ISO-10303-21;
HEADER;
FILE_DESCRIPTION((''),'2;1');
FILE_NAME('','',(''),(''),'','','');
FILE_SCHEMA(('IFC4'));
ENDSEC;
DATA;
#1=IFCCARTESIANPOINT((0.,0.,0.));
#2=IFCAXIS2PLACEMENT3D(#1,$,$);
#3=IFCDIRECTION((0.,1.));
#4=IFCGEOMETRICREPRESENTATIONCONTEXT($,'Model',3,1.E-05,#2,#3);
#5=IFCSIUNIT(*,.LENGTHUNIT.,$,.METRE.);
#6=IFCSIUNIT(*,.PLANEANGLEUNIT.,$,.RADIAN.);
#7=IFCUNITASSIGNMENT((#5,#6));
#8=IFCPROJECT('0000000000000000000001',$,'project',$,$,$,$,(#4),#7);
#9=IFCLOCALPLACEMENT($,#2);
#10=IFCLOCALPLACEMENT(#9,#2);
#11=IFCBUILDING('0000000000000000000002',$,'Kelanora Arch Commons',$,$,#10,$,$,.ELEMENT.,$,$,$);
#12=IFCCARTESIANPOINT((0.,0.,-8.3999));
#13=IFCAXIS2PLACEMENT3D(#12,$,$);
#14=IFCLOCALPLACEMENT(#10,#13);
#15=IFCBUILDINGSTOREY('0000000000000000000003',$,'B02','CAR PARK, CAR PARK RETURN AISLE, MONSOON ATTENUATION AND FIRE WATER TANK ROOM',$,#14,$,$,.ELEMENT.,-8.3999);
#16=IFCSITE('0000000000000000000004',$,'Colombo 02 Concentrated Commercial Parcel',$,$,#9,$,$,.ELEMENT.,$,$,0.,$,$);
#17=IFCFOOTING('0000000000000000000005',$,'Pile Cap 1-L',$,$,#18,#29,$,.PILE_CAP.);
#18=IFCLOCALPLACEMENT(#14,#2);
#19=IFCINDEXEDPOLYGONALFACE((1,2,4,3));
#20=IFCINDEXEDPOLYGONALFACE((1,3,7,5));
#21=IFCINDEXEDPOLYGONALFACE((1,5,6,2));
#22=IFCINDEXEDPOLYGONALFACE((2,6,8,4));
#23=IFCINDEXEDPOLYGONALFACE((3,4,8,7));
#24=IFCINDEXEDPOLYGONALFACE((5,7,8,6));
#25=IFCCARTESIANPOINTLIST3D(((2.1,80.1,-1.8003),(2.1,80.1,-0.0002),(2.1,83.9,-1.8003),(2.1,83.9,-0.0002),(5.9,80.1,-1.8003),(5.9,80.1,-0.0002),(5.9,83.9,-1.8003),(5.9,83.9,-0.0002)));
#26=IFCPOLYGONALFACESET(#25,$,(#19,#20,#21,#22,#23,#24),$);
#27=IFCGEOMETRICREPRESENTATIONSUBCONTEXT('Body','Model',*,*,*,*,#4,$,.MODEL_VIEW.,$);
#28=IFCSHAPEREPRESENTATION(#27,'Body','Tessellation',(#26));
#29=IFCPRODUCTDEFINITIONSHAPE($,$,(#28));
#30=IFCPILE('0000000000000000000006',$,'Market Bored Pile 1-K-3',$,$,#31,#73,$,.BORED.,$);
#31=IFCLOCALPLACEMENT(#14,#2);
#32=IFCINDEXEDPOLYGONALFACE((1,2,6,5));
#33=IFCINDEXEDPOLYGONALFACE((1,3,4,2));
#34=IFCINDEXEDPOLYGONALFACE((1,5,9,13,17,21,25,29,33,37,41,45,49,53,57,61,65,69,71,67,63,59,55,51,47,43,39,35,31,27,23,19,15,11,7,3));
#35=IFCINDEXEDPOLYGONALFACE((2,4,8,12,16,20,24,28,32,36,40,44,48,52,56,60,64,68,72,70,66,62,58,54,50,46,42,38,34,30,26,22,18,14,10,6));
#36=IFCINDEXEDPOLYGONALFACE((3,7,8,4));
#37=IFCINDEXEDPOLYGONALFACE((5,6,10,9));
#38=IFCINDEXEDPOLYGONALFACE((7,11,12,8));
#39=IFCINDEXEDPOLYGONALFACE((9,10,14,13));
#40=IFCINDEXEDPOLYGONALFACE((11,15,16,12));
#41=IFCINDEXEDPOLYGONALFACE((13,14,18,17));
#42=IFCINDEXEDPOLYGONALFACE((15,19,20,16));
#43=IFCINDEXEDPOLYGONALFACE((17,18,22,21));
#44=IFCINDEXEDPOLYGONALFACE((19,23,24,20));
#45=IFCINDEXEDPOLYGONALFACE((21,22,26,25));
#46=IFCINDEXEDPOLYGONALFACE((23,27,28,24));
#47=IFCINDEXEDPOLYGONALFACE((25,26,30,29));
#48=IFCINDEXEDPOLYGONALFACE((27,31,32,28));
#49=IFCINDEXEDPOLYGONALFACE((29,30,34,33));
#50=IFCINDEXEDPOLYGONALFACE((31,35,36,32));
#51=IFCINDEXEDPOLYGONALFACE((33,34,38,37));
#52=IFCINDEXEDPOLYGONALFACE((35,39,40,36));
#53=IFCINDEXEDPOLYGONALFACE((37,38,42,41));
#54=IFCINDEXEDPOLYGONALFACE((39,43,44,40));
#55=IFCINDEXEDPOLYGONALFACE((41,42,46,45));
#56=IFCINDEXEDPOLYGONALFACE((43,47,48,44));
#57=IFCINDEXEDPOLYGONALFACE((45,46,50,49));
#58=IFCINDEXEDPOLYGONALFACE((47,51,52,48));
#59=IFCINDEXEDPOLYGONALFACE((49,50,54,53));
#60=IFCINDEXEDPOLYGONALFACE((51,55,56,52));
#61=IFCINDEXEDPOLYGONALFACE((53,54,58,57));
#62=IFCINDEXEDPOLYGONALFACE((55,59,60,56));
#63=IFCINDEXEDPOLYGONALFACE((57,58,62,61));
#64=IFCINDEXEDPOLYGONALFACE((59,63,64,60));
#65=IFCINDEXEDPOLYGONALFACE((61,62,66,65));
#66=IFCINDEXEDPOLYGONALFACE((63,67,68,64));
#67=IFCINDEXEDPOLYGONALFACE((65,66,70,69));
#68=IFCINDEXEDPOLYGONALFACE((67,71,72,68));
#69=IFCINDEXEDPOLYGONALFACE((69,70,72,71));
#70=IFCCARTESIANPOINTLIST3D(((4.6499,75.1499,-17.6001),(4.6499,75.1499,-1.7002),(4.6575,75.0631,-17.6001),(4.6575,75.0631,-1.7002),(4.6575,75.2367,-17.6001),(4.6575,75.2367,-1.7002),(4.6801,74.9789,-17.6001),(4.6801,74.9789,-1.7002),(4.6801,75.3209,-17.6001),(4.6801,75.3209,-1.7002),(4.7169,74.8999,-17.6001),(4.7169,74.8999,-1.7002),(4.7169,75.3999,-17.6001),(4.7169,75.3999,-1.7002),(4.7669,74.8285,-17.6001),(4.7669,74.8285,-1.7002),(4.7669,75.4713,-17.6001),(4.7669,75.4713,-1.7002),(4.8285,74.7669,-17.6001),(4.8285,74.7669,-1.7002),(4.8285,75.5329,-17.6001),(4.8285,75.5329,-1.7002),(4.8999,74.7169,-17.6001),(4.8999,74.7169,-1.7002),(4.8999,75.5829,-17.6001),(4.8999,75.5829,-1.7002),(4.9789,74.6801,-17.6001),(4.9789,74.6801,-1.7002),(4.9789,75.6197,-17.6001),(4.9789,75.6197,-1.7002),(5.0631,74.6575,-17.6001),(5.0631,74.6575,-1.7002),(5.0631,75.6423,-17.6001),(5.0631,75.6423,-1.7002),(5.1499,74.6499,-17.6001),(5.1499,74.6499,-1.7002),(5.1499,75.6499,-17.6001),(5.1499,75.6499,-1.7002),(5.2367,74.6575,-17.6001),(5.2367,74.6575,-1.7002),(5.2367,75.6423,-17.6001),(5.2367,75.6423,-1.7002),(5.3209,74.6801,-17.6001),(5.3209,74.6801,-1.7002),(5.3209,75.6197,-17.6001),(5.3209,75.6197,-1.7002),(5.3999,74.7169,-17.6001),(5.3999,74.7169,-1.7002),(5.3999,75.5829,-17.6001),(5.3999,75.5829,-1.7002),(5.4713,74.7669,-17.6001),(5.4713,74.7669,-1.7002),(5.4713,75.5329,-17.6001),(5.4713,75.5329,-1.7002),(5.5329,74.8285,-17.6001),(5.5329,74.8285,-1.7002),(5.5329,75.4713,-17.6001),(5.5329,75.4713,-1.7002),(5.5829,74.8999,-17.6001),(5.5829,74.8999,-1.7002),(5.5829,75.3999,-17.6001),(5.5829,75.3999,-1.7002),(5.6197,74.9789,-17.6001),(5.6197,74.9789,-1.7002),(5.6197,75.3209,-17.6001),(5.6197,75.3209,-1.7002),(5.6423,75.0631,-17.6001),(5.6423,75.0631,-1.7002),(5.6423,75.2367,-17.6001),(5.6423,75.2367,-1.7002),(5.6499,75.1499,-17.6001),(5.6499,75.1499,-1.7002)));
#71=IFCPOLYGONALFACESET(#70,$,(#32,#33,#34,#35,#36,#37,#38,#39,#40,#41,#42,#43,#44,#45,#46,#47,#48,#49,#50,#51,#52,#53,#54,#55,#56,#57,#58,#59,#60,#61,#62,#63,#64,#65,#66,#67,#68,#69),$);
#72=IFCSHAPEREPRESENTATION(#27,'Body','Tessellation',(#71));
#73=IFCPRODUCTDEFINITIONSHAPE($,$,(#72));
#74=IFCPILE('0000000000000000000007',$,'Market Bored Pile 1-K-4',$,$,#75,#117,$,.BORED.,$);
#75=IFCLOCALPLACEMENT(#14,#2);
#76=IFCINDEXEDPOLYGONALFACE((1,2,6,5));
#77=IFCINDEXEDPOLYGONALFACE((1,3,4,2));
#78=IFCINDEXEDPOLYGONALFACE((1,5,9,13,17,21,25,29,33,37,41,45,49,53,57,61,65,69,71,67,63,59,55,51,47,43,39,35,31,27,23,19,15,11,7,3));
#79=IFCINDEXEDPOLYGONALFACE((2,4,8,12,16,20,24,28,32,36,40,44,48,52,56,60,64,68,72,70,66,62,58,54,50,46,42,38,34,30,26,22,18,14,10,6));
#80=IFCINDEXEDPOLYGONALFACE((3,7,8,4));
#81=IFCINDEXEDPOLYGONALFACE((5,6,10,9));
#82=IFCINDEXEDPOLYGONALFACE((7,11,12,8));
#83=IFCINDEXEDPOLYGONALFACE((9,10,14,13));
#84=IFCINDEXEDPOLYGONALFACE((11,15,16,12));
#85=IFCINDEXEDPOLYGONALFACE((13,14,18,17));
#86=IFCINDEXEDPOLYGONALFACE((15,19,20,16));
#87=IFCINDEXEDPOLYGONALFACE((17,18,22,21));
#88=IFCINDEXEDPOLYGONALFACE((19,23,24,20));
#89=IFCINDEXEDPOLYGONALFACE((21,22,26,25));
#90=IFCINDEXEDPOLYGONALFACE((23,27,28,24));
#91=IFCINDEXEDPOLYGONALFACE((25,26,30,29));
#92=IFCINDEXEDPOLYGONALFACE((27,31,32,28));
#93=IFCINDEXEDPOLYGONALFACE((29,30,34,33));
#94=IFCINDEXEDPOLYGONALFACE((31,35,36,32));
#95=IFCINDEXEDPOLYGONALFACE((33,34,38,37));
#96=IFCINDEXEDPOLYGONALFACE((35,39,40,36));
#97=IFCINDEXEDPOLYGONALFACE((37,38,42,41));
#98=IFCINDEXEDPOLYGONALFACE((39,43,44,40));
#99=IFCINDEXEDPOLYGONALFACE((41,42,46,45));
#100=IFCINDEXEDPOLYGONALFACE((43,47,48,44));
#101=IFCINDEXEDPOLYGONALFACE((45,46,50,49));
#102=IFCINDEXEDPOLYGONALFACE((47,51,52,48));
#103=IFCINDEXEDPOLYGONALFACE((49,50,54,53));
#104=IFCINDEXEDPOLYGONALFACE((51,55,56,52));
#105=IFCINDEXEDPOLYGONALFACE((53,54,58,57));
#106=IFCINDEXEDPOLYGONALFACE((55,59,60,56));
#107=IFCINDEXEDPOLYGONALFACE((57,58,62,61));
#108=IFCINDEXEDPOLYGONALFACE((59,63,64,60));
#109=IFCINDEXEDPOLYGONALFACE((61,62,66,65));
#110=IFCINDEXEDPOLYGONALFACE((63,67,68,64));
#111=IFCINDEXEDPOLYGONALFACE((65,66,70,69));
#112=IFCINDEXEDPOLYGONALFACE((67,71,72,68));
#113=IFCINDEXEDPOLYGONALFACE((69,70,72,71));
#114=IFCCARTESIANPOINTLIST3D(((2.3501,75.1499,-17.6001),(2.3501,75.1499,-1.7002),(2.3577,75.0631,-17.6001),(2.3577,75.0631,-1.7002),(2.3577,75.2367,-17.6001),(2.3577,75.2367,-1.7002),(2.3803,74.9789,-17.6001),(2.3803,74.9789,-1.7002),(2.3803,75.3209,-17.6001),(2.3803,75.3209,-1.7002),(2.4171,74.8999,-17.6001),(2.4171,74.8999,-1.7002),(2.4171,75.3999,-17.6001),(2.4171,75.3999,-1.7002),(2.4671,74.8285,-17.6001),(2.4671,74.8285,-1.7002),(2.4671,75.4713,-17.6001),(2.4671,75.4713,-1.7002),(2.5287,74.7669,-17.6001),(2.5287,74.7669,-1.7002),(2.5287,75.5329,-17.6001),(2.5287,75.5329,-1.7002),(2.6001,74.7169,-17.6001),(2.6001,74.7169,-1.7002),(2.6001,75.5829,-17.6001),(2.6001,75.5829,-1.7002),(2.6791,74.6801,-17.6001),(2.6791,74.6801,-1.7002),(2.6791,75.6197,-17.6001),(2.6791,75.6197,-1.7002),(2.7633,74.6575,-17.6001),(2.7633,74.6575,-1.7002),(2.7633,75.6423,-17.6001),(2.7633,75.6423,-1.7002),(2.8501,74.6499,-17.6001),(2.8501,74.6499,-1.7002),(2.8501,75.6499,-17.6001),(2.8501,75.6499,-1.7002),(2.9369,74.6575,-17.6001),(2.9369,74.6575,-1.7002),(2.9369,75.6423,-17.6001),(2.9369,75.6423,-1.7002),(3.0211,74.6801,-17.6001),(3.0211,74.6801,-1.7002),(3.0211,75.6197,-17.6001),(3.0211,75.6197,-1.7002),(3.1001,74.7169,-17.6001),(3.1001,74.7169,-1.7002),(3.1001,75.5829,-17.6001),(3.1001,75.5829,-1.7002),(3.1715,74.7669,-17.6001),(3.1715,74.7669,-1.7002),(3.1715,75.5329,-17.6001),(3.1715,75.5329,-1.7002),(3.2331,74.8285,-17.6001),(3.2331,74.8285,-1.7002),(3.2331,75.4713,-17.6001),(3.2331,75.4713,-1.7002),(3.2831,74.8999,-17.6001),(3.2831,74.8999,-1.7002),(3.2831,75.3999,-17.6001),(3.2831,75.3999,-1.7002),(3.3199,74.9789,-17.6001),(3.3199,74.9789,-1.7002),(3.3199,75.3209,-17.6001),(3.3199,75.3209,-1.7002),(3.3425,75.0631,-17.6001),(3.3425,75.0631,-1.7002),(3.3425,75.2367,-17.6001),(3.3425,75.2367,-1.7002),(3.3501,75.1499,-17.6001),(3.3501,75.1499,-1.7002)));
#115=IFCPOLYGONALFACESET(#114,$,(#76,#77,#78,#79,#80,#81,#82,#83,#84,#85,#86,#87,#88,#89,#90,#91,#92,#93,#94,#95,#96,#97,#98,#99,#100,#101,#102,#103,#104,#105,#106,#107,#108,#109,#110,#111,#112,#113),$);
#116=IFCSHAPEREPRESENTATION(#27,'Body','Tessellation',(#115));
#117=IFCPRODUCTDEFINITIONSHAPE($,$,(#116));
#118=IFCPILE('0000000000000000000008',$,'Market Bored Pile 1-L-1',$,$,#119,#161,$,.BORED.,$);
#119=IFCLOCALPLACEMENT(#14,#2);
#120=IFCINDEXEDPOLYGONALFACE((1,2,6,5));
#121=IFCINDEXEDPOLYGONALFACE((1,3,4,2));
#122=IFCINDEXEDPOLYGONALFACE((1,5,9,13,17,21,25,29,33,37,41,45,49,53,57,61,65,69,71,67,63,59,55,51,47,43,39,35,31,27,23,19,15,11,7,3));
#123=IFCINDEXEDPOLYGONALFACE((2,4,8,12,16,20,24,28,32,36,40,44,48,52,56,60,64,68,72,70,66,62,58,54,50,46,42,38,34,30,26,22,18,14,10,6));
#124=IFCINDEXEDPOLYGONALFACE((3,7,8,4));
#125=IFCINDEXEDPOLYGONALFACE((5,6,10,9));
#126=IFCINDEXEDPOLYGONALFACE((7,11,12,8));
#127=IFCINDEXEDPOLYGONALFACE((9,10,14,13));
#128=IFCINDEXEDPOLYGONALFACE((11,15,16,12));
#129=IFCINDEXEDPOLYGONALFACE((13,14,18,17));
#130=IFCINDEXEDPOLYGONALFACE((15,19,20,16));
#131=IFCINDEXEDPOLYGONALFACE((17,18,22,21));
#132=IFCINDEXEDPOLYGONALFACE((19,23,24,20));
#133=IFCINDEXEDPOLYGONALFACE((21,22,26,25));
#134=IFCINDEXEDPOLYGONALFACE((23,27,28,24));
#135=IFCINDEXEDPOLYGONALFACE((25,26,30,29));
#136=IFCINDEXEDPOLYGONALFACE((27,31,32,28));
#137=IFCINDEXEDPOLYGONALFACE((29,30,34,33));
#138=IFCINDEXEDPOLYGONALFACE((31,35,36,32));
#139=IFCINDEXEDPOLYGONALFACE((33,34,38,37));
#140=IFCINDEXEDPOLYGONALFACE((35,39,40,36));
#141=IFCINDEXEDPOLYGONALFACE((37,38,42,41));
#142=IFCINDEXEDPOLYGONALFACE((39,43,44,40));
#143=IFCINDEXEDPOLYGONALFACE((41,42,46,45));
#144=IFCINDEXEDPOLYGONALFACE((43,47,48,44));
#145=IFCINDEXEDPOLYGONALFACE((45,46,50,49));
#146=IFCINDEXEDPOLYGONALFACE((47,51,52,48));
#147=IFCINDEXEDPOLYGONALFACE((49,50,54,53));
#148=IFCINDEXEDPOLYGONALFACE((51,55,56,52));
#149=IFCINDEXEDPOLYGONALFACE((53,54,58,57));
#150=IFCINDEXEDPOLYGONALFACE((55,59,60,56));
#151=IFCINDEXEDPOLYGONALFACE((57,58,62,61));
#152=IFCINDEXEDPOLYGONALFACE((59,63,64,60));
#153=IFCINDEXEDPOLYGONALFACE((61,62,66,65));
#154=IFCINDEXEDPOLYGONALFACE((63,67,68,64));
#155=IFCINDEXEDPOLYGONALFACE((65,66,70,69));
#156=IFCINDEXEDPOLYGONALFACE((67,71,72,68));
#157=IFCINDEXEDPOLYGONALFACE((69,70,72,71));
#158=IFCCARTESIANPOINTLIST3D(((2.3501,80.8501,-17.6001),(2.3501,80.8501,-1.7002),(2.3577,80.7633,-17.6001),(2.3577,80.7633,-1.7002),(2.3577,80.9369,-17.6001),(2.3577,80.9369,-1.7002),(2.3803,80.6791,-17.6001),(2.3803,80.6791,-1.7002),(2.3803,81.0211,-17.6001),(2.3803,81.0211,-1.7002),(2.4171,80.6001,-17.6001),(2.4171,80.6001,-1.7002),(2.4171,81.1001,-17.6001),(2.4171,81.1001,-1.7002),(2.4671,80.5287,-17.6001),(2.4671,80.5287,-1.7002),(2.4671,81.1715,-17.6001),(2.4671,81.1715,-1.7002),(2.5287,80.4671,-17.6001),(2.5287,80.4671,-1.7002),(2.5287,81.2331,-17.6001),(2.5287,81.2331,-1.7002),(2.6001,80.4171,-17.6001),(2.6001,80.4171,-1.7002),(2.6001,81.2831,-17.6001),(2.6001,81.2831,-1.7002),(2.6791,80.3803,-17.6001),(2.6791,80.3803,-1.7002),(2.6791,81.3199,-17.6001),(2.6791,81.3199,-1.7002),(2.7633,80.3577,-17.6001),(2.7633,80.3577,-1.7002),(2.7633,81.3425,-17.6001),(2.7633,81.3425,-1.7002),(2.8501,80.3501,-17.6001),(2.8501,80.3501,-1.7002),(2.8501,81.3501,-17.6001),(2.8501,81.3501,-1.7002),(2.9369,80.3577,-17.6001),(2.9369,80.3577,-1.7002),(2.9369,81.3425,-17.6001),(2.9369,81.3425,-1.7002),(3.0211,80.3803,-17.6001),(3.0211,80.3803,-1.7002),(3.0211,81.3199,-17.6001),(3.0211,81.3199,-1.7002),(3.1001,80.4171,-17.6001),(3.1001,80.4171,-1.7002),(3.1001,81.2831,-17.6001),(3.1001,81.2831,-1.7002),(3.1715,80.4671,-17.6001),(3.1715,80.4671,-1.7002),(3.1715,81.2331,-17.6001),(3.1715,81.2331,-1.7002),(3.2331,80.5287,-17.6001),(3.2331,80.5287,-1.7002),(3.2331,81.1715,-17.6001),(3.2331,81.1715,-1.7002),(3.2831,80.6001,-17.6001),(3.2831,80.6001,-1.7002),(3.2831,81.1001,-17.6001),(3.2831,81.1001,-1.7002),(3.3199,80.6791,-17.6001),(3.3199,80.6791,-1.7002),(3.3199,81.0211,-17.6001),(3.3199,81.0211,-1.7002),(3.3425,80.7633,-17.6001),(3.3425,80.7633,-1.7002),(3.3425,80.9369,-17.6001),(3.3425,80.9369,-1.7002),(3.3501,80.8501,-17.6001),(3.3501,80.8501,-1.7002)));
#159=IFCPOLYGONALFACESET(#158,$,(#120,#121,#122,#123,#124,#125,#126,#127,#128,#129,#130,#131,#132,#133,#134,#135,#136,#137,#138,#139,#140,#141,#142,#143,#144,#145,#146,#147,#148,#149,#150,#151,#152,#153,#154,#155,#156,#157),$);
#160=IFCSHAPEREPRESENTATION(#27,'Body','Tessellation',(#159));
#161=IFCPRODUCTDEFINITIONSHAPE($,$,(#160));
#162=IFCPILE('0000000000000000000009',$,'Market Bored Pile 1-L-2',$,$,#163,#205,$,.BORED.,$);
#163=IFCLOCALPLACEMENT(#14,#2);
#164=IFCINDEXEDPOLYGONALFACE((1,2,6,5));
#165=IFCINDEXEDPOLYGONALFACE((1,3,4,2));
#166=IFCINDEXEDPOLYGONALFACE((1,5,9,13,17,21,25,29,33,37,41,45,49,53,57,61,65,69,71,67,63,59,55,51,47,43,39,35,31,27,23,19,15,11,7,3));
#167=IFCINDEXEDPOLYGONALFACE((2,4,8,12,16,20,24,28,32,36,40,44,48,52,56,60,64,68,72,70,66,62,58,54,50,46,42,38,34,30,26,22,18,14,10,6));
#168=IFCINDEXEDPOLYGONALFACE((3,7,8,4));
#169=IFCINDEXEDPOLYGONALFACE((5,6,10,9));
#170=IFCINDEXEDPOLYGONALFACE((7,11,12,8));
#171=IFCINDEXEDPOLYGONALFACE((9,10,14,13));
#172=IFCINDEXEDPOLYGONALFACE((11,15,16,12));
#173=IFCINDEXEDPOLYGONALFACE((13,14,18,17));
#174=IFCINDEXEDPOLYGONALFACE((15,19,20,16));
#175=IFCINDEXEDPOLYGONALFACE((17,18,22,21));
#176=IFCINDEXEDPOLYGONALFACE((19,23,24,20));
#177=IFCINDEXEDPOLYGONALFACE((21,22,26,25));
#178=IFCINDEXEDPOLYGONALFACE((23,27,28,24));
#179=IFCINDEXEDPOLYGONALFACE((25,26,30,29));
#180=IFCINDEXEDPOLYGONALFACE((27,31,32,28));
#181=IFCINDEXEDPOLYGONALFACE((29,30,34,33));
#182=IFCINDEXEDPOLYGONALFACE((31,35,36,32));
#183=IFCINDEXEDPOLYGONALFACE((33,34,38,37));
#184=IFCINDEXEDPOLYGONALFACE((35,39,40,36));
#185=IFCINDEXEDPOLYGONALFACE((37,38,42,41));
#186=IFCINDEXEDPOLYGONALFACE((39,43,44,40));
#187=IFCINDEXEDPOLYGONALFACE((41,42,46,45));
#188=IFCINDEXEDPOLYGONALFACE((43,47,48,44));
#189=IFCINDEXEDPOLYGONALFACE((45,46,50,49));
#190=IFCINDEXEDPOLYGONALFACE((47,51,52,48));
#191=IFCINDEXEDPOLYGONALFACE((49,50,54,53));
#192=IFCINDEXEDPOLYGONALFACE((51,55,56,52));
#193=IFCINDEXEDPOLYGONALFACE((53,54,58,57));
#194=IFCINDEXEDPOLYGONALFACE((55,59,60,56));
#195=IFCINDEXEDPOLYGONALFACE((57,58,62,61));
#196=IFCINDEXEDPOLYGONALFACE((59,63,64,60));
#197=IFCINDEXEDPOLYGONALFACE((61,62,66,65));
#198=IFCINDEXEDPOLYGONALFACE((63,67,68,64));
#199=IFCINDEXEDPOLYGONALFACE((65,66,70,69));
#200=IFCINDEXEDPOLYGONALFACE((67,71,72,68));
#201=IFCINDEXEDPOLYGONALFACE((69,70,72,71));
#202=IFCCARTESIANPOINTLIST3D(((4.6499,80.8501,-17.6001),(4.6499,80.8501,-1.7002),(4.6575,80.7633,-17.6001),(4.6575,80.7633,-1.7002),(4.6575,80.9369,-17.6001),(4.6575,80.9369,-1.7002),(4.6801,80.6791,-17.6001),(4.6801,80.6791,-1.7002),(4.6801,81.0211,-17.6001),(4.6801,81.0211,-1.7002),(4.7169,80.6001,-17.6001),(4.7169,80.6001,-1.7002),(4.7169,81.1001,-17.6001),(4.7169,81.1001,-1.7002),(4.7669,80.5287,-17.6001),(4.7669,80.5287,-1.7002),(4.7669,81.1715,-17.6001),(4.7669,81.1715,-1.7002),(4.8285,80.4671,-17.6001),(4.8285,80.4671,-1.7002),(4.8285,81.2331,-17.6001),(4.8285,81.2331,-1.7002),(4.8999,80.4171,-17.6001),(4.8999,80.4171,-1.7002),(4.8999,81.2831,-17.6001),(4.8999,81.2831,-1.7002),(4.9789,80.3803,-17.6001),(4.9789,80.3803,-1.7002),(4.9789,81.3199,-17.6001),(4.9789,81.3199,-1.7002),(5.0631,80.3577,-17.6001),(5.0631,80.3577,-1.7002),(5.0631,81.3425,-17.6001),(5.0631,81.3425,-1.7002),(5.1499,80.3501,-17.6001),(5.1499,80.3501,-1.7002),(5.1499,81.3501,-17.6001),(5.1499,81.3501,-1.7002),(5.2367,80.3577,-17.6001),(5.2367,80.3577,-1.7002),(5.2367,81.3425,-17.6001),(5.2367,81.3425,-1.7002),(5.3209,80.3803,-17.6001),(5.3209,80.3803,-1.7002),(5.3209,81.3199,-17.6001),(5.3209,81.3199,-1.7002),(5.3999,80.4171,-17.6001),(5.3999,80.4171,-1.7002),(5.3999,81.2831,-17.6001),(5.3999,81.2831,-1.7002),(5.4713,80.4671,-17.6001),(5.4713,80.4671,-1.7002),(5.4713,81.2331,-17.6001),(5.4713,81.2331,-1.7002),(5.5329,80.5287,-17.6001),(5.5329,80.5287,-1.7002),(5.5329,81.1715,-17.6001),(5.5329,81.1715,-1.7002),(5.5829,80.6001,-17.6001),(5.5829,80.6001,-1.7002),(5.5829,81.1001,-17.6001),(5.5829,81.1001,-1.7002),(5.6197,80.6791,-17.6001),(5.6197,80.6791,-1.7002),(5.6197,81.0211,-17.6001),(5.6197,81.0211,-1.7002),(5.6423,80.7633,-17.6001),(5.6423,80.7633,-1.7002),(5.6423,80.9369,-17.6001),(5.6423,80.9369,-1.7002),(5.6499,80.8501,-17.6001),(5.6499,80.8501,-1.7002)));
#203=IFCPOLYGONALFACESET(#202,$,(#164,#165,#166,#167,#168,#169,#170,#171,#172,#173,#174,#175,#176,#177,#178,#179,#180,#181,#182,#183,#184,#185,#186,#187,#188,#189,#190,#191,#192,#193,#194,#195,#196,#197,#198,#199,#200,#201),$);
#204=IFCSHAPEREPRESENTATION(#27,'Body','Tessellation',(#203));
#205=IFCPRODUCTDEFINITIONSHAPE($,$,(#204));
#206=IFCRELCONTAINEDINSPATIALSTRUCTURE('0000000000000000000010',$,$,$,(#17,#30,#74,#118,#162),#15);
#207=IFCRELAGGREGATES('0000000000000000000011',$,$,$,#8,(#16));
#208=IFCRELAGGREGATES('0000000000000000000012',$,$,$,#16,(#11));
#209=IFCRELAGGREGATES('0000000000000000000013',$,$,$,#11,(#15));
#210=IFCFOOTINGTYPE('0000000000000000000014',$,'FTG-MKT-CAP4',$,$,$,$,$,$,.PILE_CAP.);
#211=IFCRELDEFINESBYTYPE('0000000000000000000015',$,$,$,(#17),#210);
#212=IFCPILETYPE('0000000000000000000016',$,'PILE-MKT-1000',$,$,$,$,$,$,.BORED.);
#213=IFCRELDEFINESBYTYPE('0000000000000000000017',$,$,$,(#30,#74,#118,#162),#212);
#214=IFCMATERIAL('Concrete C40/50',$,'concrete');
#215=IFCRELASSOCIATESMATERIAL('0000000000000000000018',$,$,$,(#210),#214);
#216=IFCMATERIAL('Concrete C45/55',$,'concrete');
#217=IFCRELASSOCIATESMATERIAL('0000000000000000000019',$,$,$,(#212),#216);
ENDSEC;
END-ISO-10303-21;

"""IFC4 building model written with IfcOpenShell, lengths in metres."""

from ifc_helpers import new_model, si_unit, direction, frame, origin, origin_2d, place, context, subcontext, project, spatial, rectangle, circle, extrude, source, transform, mapped, material, material_profile, profile_set, type_object, element, save


model = new_model("IFC4")

# Units and contexts
model_context = context("Model", 3, precision=1e-05, world=origin(), true_north=direction((0.0, 1.0)))
body_context = subcontext(model_context, "Body", "Model", "MODEL_VIEW")
ifc_project = project(units=[si_unit("LENGTHUNIT", "METRE"), si_unit("PLANEANGLEUNIT", "RADIAN")], contexts=[model_context])

# Site, building, storey
site_placement = place(None, origin())
site = spatial("IfcSite", under=ifc_project, at=site_placement, Name="Colombo 02 Concentrated Commercial Parcel", CompositionType="ELEMENT", RefElevation=0.0)
building_placement = place(site_placement, origin())
building = spatial("IfcBuilding", under=site, at=building_placement, Name="Kelanora Arch Commons", CompositionType="ELEMENT")
storey_placement = place(building_placement, frame((0.0, 0.0, -8.3999)))
storey = spatial("IfcBuildingStorey", under=building, at=storey_placement, Name="B02", Description="CAR PARK, CAR PARK RETURN AISLE, MONSOON ATTENUATION AND FIRE WATER TANK ROOM", CompositionType="ELEMENT", Elevation=-8.3999)

# Footing
ifc_material_1 = material(Name="Concrete C40/50", Category="concrete")
footing_type_1 = type_object("IfcFootingType", Name="FTG-MKT-CAP4", PredefinedType="PILE_CAP", material=ifc_material_1)
shared_shape_1 = source(origin(), body_context, "Body", "SweptSolid", [
    extrude(rectangle(XDim=3.8, YDim=3.8, at=origin_2d()), origin(), (0.0, 0.0, 1.0), 1.8),
])
footing_1_placement = place(storey_placement, frame((4.0, 82.0, -1.8003), z_axis=(0.0, 0.0, 1.0), x_axis=(1.0, 0.0, 0.0)))
element("IfcFooting", 1, at=footing_1_placement, inside=storey, type_object=footing_type_1, Name="Pile Cap 1-L", PredefinedType="PILE_CAP", context=body_context, shape_type="MappedRepresentation", body=[
    mapped(shared_shape_1, transform((0.0, 0.0, 0.0), scale=1.0)),
])

# Piles
ifc_material_2 = material(Name="Concrete C45/55", Category="concrete")
ifc_material_profile_1 = material_profile(ifc_material_2, circle(Radius=0.5, at=origin_2d()), Name="PILE1000")
ifc_profile_set_1 = profile_set([ifc_material_profile_1], Name="Concrete C45/55")
pile_type = type_object("IfcPileType", Name="PILE-MKT-1000", PredefinedType="BORED", material=ifc_profile_set_1)
shared_shape_2 = source(origin(), body_context, "Body", "SweptSolid", [
    extrude(circle(Radius=0.5, at=origin_2d()), origin(), (0.0, 0.0, 1.0), 15.8999),
])
for number, where, z_axis, x_axis, name in (
    (2, (5.1499, 75.1499, -1.7002), (0.0, 0.0, -1.0), (1.0, 0.0, 0.0), "Market Bored Pile 1-K-3"),
    (3, (2.8501, 75.1499, -1.7002), (0.0, 0.0, -1.0), (1.0, 0.0, 0.0), "Market Bored Pile 1-K-4"),
    (4, (2.8501, 80.8501, -1.7002), (0.0, 0.0, -1.0), (1.0, 0.0, 0.0), "Market Bored Pile 1-L-1"),
    (5, (5.1499, 80.8501, -1.7002), (0.0, 0.0, -1.0), (1.0, 0.0, 0.0), "Market Bored Pile 1-L-2"),
):
    element("IfcPile", number, at=place(storey_placement, frame(where, z_axis=z_axis, x_axis=x_axis)), inside=storey, type_object=pile_type, Name=name, PredefinedType="BORED", context=body_context, shape_type="MappedRepresentation", body=[
        mapped(shared_shape_2, transform((0.0, 0.0, 0.0), scale=1.0)),
    ])

save(model, "model.ifc")
